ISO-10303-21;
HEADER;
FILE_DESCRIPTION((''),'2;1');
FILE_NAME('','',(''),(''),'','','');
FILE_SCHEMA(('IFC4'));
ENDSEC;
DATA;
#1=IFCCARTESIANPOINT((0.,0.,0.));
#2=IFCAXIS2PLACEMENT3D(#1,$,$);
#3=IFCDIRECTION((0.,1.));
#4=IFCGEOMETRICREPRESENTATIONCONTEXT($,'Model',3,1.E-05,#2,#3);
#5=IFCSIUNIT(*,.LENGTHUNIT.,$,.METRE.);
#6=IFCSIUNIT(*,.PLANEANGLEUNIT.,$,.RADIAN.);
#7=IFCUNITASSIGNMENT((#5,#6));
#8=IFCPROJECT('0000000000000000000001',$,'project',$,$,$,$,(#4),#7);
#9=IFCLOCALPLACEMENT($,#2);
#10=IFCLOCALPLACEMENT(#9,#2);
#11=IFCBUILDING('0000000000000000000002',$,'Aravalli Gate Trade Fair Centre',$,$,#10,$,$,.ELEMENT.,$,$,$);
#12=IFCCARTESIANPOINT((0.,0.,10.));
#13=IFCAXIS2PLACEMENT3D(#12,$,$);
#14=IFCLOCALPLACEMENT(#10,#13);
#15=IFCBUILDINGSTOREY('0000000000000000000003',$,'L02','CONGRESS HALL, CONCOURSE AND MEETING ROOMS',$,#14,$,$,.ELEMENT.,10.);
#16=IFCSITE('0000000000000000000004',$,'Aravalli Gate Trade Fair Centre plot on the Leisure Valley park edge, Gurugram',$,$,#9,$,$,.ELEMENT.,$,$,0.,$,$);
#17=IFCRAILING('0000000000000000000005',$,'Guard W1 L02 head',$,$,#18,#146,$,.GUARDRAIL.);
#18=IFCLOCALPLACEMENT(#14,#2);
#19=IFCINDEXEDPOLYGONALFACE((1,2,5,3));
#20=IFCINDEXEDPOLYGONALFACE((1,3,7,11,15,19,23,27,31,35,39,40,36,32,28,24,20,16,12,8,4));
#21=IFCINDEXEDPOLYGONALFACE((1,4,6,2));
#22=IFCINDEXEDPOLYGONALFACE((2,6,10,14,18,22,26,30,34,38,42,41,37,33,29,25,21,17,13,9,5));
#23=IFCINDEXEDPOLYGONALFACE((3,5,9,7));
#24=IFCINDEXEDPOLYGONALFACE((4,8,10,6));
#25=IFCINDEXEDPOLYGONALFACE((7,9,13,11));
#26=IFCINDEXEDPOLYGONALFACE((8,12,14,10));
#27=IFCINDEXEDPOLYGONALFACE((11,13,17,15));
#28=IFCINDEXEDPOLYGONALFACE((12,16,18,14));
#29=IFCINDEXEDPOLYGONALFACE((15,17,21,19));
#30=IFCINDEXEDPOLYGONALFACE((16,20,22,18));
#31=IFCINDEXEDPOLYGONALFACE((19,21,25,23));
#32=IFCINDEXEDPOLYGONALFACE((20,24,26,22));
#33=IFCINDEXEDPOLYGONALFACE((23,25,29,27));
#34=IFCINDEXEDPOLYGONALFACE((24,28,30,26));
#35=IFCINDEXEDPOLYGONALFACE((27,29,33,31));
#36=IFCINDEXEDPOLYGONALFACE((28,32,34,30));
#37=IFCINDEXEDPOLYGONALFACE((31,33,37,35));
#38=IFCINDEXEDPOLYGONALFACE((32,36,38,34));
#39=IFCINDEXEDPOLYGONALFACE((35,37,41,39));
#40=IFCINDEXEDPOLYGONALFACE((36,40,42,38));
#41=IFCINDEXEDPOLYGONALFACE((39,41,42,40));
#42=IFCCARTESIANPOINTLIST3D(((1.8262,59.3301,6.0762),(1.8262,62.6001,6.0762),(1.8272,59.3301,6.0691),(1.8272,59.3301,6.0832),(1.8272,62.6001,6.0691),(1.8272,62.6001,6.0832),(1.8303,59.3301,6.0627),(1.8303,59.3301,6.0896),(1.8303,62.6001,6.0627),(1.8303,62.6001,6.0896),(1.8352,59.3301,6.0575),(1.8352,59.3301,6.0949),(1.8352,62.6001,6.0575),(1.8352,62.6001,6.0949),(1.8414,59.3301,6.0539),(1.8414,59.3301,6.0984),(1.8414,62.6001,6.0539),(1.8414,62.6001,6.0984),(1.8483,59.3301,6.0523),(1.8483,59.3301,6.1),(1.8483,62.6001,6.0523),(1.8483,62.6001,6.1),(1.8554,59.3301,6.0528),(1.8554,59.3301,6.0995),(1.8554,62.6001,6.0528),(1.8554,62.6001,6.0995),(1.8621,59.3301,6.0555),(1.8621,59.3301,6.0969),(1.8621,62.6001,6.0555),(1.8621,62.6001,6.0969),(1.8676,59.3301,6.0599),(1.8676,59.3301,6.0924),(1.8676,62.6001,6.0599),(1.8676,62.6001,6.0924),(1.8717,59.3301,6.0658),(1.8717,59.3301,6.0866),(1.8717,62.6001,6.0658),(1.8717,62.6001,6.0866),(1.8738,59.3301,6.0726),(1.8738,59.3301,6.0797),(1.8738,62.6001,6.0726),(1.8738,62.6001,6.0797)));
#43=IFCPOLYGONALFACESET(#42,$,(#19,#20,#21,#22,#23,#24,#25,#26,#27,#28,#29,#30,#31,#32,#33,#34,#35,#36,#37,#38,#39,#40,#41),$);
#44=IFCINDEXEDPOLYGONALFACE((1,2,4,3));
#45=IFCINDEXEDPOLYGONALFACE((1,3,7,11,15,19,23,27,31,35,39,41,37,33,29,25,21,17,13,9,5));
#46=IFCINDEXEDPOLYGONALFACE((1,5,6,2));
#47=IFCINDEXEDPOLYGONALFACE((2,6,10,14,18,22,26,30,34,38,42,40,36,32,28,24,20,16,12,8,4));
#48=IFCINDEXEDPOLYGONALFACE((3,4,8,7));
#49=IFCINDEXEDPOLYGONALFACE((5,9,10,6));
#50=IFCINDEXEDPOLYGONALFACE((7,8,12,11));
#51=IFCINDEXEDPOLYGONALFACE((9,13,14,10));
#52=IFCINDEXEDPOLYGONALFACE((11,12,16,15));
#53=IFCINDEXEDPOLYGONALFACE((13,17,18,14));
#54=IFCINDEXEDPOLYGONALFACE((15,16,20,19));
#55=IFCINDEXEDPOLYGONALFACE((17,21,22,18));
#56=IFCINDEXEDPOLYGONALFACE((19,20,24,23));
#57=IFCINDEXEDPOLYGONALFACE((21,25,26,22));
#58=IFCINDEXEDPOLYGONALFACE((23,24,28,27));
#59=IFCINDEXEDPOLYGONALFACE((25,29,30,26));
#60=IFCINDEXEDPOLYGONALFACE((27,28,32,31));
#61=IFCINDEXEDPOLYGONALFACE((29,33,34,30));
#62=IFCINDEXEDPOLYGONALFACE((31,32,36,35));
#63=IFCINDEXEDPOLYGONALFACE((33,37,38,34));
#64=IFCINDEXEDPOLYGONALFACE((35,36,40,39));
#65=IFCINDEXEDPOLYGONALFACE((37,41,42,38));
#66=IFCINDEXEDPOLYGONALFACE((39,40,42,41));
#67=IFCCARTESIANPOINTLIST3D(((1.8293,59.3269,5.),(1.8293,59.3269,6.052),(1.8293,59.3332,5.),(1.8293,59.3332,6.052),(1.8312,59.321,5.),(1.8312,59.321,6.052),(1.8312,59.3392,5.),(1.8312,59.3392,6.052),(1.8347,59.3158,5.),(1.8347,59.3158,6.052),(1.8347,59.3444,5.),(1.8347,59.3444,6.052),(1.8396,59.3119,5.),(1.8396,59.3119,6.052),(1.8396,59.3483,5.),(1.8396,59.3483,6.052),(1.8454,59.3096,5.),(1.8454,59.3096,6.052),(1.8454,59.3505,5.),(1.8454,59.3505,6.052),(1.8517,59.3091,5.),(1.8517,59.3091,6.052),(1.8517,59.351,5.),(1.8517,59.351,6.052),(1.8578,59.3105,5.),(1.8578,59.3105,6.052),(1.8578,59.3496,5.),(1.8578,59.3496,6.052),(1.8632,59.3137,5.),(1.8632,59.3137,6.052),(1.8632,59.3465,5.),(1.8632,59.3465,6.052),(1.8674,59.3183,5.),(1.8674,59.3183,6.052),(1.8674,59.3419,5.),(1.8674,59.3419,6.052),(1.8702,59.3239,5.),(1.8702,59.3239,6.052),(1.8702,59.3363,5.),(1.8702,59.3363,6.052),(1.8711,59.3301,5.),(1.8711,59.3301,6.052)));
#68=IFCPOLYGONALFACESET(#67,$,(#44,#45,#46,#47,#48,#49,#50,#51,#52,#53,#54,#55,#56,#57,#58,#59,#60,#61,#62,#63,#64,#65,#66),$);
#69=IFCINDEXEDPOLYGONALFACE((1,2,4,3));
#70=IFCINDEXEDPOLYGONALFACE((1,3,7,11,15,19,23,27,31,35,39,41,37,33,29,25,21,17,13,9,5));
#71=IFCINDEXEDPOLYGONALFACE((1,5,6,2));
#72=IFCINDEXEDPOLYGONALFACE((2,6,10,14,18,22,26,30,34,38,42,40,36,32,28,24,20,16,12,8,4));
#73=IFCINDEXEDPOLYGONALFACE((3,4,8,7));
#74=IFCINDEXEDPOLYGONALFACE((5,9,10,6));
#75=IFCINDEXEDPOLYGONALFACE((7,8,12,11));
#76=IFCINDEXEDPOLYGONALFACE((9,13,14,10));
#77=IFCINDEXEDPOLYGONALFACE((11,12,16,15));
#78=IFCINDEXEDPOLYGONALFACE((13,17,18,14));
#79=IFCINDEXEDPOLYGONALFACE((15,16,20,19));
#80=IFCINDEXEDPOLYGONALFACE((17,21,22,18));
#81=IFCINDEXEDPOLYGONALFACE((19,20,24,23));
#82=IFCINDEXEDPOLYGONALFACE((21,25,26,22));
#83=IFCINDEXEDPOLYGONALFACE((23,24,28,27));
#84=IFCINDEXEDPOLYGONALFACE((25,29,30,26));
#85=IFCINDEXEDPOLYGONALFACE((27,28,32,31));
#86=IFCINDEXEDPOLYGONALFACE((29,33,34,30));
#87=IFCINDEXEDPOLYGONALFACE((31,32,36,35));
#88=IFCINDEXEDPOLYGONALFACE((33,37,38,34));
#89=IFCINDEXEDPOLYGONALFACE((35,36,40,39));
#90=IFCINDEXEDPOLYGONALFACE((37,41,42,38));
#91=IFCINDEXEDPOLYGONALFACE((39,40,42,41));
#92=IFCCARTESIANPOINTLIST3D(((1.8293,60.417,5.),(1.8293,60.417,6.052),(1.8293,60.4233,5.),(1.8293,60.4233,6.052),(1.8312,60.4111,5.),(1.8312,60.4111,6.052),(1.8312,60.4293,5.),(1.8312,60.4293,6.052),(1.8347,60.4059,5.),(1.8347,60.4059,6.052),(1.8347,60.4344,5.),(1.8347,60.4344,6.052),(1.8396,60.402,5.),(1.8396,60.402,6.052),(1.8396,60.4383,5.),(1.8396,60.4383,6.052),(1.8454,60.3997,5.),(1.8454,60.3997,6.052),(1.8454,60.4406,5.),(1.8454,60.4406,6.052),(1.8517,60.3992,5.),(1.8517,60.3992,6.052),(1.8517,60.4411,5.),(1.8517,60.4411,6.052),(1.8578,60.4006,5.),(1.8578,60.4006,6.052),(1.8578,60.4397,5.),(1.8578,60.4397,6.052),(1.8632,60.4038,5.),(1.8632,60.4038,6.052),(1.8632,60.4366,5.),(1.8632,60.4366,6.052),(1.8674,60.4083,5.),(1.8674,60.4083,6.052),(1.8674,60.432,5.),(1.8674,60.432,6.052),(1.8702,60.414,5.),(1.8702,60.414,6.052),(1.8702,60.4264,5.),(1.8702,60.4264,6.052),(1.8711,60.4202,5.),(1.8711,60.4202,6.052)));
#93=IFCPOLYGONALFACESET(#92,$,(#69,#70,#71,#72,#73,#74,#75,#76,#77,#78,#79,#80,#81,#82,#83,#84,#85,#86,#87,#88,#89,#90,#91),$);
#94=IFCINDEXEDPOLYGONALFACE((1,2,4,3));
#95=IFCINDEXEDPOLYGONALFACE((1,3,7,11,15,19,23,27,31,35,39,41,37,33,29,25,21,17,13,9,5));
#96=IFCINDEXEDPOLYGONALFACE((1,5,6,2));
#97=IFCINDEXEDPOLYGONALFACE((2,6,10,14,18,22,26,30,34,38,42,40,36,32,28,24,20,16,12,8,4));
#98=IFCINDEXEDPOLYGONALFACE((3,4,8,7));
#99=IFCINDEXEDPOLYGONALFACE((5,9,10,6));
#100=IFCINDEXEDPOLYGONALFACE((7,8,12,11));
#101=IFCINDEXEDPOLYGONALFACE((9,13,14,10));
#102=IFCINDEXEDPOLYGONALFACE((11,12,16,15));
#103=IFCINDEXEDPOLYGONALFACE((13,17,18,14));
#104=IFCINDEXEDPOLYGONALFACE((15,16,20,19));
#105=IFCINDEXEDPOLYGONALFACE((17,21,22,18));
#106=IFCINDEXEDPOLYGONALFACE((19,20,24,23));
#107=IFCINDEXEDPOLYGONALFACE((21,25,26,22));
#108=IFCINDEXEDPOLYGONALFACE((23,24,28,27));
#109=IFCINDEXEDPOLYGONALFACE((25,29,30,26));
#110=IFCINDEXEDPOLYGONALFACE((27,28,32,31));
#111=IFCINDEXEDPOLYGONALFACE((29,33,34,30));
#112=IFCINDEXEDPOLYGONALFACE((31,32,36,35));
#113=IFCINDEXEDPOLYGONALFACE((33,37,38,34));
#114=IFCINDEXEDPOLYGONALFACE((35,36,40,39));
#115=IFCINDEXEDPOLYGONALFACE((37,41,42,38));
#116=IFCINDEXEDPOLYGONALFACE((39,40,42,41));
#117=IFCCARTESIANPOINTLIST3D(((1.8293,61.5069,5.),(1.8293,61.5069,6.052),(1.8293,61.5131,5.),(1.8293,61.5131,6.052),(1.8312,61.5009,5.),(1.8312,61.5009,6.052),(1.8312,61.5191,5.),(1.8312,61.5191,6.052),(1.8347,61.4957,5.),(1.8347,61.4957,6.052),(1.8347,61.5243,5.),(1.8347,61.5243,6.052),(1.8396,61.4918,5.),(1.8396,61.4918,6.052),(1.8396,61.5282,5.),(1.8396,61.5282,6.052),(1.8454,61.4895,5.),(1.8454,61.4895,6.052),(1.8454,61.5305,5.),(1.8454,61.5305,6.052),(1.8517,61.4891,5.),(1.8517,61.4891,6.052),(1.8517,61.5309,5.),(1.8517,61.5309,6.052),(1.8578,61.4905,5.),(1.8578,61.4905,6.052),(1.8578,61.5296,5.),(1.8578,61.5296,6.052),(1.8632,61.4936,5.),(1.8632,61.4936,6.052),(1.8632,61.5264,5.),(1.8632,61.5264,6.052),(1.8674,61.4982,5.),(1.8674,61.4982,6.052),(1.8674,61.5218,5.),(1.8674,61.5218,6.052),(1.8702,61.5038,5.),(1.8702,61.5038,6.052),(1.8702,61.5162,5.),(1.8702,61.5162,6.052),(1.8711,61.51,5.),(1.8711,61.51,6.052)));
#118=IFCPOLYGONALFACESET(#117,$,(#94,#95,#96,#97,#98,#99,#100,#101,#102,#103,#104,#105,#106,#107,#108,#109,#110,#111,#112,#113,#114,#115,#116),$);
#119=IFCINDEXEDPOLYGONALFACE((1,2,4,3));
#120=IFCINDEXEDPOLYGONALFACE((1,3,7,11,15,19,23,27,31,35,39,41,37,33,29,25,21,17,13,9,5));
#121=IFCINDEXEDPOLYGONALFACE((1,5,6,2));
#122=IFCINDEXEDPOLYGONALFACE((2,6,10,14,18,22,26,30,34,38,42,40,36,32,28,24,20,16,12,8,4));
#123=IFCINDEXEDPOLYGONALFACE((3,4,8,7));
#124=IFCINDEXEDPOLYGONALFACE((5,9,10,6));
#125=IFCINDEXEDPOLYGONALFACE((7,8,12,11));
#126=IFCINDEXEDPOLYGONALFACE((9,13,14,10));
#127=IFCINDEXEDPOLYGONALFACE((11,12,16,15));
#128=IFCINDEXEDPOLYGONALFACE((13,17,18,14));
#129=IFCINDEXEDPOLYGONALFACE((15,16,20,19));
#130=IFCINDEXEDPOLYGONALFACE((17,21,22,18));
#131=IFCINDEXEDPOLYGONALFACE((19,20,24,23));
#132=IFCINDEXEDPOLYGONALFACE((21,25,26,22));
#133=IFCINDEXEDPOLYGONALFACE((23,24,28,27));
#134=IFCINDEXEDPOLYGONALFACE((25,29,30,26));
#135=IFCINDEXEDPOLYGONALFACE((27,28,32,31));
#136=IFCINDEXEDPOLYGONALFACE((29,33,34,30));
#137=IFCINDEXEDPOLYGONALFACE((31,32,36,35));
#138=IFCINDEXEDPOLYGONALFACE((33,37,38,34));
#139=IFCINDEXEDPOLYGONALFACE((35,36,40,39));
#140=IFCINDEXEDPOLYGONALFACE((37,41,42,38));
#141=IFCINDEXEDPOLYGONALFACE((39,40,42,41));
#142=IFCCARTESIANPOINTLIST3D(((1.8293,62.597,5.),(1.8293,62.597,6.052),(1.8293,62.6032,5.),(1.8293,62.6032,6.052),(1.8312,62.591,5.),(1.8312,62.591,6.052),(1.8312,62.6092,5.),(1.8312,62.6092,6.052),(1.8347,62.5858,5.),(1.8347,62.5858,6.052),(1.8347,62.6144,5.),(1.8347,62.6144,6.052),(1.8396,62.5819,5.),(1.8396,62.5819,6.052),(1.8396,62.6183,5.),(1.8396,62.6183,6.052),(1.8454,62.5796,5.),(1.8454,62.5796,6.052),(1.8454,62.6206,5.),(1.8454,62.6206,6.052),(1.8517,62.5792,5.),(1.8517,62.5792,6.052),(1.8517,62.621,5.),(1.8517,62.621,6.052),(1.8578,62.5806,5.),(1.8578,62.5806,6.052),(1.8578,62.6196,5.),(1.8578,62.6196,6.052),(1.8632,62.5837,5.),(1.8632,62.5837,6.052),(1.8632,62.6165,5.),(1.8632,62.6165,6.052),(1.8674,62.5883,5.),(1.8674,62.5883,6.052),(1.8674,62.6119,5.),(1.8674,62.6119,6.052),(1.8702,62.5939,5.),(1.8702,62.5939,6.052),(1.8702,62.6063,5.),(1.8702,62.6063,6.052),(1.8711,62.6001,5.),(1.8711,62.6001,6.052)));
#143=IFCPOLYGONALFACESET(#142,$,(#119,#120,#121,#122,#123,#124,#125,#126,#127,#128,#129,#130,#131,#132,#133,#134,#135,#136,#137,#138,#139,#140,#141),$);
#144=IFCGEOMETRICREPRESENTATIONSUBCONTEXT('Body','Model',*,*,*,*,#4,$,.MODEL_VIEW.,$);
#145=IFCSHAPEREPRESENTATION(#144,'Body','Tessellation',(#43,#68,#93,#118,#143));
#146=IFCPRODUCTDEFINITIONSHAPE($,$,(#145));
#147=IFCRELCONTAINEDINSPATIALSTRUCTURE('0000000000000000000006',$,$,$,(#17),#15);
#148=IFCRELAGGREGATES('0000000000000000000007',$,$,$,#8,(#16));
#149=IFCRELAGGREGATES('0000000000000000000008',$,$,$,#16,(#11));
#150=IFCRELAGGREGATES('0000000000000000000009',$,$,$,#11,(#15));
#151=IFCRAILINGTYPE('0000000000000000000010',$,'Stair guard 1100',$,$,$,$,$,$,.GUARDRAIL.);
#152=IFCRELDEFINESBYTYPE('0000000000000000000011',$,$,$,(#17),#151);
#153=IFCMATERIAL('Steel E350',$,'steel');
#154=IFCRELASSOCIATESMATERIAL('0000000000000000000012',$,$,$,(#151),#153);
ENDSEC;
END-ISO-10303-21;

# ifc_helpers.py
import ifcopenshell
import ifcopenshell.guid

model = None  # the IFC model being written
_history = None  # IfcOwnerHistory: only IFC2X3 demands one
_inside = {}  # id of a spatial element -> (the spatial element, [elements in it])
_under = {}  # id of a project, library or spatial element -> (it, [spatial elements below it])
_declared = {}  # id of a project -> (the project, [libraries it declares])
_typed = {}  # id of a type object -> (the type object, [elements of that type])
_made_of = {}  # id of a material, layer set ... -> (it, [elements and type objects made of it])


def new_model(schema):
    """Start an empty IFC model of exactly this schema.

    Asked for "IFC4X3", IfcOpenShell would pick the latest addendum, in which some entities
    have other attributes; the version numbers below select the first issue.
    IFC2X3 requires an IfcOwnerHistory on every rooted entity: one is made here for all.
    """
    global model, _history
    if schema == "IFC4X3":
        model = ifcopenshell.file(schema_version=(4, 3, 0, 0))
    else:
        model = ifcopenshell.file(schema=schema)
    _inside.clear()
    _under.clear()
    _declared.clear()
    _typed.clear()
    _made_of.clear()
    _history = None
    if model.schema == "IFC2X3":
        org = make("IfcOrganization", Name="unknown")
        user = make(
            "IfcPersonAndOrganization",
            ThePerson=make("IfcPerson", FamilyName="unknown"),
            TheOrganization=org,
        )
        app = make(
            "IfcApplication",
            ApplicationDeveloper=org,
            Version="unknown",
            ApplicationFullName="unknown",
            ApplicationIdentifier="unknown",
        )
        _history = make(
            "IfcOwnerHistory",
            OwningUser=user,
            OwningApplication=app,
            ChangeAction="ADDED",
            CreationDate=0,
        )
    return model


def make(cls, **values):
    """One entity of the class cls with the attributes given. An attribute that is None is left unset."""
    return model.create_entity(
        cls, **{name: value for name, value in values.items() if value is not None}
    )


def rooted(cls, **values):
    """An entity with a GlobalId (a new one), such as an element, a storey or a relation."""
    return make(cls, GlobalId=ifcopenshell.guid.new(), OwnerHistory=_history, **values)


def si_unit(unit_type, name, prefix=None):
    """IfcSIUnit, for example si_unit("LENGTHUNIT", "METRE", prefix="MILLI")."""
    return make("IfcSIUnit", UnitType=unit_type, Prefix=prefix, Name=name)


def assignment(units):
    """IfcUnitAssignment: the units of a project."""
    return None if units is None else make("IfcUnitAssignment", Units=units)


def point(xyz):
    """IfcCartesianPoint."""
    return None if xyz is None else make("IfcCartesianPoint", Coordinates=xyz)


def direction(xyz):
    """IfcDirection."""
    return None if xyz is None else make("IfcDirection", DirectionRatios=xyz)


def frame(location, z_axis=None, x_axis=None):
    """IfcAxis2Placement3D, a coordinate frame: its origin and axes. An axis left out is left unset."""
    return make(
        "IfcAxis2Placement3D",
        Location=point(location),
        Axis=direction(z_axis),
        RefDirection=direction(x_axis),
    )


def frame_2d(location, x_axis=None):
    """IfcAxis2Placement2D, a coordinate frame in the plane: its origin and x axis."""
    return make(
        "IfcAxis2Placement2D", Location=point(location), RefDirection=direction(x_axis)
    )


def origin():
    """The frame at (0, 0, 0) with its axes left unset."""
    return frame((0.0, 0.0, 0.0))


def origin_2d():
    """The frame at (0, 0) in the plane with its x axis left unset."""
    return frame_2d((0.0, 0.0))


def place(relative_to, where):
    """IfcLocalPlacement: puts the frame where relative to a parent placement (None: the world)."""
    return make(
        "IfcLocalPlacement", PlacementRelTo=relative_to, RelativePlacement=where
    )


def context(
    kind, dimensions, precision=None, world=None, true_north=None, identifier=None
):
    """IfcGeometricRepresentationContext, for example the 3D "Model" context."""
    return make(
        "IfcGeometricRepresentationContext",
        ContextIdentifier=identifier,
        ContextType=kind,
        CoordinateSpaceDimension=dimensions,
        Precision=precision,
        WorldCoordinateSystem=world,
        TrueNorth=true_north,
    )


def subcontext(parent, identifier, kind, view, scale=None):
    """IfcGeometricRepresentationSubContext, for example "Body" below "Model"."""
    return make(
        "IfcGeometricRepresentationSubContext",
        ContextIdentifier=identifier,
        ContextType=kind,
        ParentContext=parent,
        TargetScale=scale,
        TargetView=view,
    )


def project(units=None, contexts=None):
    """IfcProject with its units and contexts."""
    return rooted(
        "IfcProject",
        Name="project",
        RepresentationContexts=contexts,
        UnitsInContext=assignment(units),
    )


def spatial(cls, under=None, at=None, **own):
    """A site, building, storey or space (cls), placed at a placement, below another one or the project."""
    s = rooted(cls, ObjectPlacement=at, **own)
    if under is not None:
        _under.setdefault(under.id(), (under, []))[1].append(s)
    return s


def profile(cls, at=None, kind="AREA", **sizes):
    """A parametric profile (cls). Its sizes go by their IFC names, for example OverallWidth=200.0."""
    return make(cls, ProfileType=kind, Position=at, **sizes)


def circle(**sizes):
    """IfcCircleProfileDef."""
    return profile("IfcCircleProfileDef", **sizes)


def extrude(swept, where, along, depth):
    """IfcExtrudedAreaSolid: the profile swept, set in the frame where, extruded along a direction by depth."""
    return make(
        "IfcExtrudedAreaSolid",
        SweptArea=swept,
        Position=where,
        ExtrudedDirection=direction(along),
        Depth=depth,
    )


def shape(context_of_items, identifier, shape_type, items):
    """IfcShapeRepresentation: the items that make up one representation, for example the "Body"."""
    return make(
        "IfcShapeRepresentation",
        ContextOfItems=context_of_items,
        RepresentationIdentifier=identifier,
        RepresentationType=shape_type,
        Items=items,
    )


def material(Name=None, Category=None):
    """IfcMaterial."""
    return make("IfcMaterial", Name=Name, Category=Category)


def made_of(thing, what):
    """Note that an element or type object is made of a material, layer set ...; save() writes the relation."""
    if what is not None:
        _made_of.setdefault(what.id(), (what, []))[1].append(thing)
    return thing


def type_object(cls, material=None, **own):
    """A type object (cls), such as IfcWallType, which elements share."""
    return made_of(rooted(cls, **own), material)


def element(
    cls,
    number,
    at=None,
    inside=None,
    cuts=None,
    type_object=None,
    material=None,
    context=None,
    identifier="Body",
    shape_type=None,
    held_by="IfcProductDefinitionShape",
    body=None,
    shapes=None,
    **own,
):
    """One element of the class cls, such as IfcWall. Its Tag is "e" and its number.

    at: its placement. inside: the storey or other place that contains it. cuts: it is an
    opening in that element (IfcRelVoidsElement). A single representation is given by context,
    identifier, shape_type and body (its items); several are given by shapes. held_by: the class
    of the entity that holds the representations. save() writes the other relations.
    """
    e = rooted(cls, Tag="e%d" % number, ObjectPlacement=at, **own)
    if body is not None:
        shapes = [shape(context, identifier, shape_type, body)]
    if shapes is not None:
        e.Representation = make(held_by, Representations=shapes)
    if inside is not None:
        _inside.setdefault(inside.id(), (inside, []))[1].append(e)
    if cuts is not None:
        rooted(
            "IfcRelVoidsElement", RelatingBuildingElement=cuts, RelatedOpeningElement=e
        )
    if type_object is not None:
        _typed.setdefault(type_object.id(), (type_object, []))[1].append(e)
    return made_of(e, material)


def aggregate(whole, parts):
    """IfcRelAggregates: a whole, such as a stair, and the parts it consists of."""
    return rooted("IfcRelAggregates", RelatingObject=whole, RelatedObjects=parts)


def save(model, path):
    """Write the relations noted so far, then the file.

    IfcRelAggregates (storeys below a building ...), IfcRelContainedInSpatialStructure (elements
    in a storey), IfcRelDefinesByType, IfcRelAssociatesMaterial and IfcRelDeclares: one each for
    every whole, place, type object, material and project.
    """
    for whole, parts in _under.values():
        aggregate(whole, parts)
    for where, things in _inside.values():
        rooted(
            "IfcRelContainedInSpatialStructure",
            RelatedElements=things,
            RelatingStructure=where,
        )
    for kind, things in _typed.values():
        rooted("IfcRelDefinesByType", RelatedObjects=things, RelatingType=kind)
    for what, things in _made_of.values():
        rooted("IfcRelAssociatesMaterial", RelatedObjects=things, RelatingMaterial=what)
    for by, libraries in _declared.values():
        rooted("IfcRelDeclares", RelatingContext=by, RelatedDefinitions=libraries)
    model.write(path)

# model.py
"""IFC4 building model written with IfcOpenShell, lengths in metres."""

from ifc_helpers import new_model, si_unit, direction, frame, origin, origin_2d, place, context, subcontext, project, spatial, circle, extrude, material, type_object, element, save


model = new_model("IFC4")

# Units and contexts
model_context = context("Model", 3, precision=1e-05, world=origin(), true_north=direction((0.0, 1.0)))
body_context = subcontext(model_context, "Body", "Model", "MODEL_VIEW")
ifc_project = project(units=[si_unit("LENGTHUNIT", "METRE"), si_unit("PLANEANGLEUNIT", "RADIAN")], contexts=[model_context])

# Site, building, storey
site_placement = place(None, origin())
site = spatial("IfcSite", under=ifc_project, at=site_placement, Name="Aravalli Gate Trade Fair Centre plot on the Leisure Valley park edge, Gurugram", CompositionType="ELEMENT", RefElevation=0.0)
building_placement = place(site_placement, origin())
building = spatial("IfcBuilding", under=site, at=building_placement, Name="Aravalli Gate Trade Fair Centre", CompositionType="ELEMENT")
storey_placement = place(building_placement, frame((0.0, 0.0, 10.0)))
storey = spatial("IfcBuildingStorey", under=building, at=storey_placement, Name="L02", Description="CONGRESS HALL, CONCOURSE AND MEETING ROOMS", CompositionType="ELEMENT", Elevation=10.0)

# Shared definitions
ifc_material_1 = material(Name="Steel E350", Category="steel")

# Railing
railing_type_1 = type_object("IfcRailingType", Name="Stair guard 1100", PredefinedType="GUARDRAIL", material=ifc_material_1)
railing_placement = place(storey_placement, frame((1.8501, 59.3301, 5.0)))
element("IfcRailing", 1, at=railing_placement, inside=storey, type_object=railing_type_1, Name="Guard W1 L02 head", PredefinedType="GUARDRAIL", context=body_context, shape_type="SweptSolid", body=[
    extrude(circle(Radius=0.0239, at=origin_2d()), frame((0.0, 0.0, 1.0762), z_axis=(0.0, 1.0, 0.0), x_axis=(-1.0, 0.0, 0.0)), (0.0, 0.0, 1.0), 3.27),
    extrude(circle(Radius=0.021, at=origin_2d()), origin(), (0.0, 0.0, 1.0), 1.052),
    extrude(circle(Radius=0.021, at=origin_2d()), frame((0.0, 1.0901, 0.0)), (0.0, 0.0, 1.0), 1.052),
    extrude(circle(Radius=0.021, at=origin_2d()), frame((0.0, 2.1799, 0.0)), (0.0, 0.0, 1.0), 1.052),
    extrude(circle(Radius=0.021, at=origin_2d()), frame((0.0, 3.27, 0.0)), (0.0, 0.0, 1.0), 1.052),
])

save(model, "model.ifc")
